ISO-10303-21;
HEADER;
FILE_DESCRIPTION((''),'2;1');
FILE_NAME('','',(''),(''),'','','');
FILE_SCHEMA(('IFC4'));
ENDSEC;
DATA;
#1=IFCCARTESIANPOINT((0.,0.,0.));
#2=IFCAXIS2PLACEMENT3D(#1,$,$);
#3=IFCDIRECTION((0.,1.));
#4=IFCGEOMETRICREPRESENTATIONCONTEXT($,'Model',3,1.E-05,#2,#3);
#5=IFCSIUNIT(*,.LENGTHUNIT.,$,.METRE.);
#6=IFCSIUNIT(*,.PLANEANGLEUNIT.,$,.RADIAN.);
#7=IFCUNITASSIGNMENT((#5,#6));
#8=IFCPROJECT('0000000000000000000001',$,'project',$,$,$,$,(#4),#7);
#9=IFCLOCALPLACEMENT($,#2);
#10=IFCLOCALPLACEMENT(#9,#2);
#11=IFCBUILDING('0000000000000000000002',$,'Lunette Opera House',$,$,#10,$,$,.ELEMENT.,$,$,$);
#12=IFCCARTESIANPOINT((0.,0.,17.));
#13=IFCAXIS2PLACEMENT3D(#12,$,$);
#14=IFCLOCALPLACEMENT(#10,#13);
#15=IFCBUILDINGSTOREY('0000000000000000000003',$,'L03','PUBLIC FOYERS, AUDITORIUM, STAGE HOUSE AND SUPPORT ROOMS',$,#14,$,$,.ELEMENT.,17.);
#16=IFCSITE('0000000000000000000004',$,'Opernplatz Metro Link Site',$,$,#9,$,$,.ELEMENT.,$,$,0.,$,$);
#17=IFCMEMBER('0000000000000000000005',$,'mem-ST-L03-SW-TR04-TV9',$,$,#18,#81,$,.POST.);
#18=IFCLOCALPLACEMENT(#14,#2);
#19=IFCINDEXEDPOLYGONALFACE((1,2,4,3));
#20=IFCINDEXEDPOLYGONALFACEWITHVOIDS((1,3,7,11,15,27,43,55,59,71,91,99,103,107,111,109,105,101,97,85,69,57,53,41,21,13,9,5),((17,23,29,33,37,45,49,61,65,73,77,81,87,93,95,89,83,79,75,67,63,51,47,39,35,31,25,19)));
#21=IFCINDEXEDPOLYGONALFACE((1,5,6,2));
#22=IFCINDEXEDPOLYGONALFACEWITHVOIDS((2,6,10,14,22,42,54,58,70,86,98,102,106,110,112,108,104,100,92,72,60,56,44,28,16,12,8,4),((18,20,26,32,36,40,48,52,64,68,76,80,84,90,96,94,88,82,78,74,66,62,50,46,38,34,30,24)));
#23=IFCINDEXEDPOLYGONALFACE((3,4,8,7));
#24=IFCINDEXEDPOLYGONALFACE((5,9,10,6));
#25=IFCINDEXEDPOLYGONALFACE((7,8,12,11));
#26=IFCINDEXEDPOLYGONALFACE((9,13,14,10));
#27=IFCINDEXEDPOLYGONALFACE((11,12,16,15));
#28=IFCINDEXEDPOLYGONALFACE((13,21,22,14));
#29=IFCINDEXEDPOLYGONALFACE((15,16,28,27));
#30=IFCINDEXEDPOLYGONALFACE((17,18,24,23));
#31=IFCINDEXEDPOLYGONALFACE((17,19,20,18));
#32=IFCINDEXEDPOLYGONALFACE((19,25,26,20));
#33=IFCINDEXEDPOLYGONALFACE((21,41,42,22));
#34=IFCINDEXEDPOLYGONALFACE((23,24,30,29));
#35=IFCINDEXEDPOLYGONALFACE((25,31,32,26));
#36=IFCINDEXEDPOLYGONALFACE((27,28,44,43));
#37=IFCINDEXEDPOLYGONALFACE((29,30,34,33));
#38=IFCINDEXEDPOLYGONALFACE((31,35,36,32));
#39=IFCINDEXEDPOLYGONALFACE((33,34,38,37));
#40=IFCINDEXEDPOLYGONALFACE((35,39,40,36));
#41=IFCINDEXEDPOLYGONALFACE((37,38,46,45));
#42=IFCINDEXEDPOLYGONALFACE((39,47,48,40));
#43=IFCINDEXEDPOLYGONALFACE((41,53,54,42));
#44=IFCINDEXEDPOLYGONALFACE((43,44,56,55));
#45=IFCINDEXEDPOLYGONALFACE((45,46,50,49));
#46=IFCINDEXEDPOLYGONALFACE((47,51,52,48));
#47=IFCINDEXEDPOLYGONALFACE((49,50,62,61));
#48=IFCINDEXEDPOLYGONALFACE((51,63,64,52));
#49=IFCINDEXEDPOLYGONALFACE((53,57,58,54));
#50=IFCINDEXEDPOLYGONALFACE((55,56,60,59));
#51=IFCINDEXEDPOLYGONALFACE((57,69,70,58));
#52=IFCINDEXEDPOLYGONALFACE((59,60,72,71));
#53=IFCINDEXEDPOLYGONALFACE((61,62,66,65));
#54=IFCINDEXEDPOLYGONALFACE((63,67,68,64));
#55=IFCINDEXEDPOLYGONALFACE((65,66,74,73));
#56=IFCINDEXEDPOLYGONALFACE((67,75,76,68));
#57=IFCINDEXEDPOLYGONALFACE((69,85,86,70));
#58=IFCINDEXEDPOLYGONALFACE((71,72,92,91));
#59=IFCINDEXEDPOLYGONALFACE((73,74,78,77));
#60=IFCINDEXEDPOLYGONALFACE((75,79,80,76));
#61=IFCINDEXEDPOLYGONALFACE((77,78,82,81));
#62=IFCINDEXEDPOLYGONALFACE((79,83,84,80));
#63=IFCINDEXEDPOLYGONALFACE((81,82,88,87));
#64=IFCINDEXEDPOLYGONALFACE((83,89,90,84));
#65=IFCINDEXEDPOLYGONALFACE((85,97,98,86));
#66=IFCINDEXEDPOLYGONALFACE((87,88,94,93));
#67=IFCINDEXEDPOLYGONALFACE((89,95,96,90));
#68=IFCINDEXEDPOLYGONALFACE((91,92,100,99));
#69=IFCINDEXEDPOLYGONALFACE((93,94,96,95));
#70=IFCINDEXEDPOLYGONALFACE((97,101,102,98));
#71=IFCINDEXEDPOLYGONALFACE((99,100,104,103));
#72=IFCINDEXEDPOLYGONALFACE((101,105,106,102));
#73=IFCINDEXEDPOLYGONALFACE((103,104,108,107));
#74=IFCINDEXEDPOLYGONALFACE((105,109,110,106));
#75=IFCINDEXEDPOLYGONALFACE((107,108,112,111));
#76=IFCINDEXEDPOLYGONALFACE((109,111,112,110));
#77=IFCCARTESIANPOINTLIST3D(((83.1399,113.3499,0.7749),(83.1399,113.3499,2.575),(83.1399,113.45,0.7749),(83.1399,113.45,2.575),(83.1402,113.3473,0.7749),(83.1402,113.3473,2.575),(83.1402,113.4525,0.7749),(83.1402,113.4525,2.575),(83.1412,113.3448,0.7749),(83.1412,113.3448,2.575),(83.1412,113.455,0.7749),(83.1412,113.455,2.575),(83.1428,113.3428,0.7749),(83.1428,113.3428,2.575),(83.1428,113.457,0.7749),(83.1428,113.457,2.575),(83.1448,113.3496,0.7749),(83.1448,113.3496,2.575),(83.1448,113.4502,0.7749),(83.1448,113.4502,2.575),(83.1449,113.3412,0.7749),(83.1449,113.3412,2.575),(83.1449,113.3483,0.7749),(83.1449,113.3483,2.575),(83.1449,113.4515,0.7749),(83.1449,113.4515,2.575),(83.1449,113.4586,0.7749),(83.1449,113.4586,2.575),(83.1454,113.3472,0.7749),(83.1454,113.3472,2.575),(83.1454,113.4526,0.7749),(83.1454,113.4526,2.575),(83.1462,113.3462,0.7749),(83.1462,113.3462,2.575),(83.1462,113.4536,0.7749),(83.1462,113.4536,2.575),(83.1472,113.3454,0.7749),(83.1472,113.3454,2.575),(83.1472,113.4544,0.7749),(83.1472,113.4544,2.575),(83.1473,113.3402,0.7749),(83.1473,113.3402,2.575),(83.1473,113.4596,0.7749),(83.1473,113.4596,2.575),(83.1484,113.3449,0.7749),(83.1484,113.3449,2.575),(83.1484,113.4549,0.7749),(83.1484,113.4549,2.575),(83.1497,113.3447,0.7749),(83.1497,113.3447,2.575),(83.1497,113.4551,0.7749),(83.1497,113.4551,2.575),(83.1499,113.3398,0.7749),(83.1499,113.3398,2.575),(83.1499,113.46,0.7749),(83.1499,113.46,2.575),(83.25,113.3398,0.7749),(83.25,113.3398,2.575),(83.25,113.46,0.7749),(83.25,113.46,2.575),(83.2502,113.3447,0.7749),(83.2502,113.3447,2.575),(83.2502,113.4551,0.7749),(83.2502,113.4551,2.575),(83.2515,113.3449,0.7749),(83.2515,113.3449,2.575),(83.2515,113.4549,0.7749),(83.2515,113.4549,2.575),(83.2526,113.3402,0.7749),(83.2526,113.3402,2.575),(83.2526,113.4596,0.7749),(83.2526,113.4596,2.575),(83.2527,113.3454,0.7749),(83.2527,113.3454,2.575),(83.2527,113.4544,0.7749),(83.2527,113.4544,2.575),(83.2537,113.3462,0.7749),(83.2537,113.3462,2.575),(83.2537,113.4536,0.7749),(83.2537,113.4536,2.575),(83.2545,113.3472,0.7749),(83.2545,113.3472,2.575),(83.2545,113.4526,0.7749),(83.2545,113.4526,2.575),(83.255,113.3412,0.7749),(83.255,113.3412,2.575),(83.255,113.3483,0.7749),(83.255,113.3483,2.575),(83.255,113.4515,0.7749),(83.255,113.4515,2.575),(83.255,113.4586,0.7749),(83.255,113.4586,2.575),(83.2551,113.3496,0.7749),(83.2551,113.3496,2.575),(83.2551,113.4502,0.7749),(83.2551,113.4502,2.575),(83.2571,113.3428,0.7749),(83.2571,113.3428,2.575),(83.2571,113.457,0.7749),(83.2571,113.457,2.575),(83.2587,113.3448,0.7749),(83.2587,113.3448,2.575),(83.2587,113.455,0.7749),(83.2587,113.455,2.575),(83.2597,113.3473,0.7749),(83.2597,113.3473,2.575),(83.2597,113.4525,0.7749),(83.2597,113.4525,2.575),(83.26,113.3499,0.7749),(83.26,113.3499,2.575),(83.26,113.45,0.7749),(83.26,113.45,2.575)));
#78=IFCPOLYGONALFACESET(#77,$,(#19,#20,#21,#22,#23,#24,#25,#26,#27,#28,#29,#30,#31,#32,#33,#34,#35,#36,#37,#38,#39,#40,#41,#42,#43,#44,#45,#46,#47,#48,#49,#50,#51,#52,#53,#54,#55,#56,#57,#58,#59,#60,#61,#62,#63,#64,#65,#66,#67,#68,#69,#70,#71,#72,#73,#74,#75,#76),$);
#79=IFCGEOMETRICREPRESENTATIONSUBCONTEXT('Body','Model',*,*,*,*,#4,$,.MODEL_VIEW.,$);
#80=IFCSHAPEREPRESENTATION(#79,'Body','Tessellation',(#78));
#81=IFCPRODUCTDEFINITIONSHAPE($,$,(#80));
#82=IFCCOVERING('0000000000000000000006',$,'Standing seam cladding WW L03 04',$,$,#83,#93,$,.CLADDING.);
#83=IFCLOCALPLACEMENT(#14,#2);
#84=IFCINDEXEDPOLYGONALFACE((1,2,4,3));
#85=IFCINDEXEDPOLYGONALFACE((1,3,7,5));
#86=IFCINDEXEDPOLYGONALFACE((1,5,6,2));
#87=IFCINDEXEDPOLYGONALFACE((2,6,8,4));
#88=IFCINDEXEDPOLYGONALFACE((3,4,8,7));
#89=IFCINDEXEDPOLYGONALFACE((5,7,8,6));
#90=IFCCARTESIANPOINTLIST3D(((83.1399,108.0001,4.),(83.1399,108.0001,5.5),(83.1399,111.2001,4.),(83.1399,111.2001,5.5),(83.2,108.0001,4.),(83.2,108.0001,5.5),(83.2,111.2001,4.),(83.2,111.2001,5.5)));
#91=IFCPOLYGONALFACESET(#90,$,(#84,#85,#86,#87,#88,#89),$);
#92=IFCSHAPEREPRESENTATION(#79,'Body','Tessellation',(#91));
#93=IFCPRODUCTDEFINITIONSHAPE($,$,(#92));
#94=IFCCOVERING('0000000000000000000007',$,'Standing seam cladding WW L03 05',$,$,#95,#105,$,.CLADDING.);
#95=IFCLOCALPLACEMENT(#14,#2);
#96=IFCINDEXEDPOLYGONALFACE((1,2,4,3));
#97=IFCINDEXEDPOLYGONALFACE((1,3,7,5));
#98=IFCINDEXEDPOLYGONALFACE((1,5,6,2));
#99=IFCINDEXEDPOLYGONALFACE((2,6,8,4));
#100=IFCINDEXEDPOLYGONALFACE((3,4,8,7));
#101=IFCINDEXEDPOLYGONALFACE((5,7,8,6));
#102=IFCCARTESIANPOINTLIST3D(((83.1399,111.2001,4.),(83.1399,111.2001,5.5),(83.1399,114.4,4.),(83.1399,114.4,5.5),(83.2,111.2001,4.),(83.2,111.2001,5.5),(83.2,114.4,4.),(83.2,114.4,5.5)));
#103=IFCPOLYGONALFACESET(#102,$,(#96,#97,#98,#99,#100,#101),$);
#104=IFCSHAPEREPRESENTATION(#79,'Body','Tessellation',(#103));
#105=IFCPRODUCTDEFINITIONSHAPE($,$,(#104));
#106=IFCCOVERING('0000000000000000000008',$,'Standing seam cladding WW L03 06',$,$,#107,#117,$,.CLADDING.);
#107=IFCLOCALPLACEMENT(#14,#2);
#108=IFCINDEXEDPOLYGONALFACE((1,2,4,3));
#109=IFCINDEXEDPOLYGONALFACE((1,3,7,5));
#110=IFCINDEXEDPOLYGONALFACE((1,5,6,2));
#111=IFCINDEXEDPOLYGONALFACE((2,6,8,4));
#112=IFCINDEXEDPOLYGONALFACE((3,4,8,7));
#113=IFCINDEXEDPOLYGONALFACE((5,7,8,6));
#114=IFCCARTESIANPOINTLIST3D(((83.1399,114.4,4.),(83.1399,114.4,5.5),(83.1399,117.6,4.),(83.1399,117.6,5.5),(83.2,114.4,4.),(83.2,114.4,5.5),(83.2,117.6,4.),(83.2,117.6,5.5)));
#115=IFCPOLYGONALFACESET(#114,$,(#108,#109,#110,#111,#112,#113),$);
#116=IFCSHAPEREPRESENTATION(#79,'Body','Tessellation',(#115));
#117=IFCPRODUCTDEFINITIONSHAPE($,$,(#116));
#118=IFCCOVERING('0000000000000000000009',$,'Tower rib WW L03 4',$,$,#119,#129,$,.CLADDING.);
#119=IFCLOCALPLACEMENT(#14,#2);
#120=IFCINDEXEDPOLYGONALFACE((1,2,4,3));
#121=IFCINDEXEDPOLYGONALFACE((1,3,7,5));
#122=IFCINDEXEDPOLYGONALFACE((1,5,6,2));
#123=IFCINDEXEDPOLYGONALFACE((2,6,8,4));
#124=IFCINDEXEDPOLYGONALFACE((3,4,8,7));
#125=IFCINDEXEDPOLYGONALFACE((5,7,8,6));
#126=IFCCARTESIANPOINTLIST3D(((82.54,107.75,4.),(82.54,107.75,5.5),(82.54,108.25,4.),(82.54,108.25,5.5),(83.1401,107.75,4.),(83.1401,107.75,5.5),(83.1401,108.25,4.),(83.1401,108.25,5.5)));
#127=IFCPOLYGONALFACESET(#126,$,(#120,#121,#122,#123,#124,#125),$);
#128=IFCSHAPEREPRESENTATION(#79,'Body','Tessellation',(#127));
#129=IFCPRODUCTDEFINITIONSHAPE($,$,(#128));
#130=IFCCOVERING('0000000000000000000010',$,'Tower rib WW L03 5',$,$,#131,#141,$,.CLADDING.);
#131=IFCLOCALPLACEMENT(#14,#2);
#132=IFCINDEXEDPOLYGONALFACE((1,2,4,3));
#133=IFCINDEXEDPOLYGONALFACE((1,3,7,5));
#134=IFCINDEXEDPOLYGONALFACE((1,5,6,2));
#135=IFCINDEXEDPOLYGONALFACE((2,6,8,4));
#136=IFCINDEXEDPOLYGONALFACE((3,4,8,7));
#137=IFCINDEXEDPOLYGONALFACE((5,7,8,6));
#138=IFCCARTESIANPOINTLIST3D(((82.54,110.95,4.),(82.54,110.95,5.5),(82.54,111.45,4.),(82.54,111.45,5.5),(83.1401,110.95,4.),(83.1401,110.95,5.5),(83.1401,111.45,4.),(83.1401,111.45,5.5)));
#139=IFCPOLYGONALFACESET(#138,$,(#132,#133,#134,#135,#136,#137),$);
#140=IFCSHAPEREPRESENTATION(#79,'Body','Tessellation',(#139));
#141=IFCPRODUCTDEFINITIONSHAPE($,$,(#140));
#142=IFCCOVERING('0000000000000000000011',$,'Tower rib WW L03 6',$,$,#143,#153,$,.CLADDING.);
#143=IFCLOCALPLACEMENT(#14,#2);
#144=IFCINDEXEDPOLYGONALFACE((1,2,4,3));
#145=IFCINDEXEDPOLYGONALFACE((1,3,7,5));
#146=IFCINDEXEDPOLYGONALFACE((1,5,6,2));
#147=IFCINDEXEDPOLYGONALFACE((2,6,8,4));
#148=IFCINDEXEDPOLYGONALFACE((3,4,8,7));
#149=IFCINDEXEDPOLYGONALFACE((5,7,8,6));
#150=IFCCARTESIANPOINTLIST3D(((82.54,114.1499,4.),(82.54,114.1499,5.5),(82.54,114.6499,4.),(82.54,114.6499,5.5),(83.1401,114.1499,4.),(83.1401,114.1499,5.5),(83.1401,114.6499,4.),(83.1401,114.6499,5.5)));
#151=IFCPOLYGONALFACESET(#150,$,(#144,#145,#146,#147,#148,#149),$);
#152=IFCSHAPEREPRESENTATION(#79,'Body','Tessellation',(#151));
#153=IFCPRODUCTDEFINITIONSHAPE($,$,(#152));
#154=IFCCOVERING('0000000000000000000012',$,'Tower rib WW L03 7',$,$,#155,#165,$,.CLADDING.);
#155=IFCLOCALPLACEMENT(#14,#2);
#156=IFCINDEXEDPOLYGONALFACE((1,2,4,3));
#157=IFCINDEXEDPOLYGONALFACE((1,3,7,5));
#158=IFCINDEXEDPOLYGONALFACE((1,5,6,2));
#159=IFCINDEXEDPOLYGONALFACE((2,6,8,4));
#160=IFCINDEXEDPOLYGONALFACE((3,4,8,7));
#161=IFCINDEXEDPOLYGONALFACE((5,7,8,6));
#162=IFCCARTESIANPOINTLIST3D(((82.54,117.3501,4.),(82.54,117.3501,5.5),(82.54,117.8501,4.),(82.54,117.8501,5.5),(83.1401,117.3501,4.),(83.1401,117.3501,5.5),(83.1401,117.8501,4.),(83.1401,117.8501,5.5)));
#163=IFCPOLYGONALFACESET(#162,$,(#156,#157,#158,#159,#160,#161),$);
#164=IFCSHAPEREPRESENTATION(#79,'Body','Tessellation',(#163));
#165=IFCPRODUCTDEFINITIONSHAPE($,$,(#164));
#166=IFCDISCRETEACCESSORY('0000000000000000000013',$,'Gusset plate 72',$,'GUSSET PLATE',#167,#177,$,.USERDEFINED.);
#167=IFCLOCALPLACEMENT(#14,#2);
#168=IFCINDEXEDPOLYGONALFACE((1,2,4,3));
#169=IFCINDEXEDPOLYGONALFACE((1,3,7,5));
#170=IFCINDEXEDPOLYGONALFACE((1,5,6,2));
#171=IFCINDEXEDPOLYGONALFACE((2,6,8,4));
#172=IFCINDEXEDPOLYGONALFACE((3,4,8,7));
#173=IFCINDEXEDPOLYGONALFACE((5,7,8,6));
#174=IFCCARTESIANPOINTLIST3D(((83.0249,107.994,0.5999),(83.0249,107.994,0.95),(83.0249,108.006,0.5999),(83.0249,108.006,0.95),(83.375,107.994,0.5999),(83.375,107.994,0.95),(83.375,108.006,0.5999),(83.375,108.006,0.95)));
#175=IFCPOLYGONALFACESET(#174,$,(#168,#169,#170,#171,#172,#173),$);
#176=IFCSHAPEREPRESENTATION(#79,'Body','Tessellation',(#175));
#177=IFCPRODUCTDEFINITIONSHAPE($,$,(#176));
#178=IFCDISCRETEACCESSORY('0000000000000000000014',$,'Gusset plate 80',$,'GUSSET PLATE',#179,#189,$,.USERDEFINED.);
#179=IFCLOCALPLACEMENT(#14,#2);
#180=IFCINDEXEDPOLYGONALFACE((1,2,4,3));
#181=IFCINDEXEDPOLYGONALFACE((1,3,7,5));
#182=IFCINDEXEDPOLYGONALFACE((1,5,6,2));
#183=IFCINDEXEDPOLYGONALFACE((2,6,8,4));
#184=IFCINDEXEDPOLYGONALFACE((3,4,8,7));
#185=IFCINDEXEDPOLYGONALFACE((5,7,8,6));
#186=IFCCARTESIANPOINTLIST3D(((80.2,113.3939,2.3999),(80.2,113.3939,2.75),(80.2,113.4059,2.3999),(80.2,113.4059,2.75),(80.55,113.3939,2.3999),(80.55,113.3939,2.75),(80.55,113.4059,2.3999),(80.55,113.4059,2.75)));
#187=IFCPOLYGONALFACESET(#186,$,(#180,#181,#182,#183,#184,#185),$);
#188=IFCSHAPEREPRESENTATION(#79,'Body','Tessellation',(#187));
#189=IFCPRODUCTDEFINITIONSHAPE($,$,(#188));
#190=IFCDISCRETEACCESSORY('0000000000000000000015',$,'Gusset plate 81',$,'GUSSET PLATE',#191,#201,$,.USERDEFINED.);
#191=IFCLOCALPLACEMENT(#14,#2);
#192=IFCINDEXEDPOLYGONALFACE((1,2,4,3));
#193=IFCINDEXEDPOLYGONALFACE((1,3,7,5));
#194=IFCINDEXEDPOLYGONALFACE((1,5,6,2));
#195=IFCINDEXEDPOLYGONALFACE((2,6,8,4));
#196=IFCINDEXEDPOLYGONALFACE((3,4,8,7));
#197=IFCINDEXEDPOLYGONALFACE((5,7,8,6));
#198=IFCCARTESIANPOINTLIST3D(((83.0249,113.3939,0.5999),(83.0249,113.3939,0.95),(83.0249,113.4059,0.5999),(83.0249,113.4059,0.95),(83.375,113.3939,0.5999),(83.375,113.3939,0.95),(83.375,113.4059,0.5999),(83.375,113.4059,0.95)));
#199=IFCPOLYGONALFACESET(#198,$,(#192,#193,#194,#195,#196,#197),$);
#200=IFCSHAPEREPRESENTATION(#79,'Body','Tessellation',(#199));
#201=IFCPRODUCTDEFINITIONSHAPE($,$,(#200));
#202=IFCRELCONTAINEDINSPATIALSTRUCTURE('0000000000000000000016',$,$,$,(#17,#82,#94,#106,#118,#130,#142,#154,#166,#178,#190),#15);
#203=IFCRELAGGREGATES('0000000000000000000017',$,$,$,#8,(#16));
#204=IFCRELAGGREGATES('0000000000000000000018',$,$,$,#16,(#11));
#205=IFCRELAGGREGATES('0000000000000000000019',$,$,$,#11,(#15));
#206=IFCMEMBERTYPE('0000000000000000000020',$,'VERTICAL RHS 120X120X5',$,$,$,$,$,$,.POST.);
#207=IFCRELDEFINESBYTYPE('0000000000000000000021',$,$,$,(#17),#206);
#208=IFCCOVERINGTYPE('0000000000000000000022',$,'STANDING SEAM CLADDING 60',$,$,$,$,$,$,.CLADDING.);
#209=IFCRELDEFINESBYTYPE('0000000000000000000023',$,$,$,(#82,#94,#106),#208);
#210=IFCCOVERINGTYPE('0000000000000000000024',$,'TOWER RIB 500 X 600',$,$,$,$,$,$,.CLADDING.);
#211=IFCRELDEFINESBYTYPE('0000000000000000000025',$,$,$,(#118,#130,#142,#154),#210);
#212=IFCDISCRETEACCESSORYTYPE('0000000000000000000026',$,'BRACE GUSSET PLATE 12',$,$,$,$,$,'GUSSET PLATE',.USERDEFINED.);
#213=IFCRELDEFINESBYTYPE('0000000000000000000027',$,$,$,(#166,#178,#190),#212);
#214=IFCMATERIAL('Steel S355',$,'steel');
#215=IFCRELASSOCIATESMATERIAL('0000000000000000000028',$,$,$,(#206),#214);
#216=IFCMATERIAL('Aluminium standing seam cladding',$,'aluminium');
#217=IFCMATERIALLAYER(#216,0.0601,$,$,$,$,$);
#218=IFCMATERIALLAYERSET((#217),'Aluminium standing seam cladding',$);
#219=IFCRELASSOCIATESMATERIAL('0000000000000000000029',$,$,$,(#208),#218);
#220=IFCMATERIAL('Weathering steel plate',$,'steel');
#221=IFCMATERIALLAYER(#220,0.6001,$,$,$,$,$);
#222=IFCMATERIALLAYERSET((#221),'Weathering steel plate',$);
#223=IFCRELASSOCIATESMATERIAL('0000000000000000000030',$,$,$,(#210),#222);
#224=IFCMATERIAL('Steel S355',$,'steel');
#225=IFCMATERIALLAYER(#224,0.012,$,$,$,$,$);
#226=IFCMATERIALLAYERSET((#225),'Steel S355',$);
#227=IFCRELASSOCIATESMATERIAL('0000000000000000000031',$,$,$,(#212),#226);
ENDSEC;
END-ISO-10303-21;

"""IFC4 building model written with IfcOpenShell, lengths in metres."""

from ifc_helpers import new_model, si_unit, direction, frame, origin, origin_2d, place, context, subcontext, project, spatial, rectangle, hollow_rectangle, extrude, material, layer, layer_set, material_profile, profile_set, type_object, element, save


model = new_model("IFC4")

# Units and contexts
model_context = context("Model", 3, precision=1e-05, world=origin(), true_north=direction((0.0, 1.0)))
body_context = subcontext(model_context, "Body", "Model", "MODEL_VIEW")
ifc_project = project(units=[si_unit("LENGTHUNIT", "METRE"), si_unit("PLANEANGLEUNIT", "RADIAN")], contexts=[model_context])

# Site, building, storey
site_placement = place(None, origin())
site = spatial("IfcSite", under=ifc_project, at=site_placement, Name="Opernplatz Metro Link Site", CompositionType="ELEMENT", RefElevation=0.0)
building_placement = place(site_placement, origin())
building = spatial("IfcBuilding", under=site, at=building_placement, Name="Lunette Opera House", CompositionType="ELEMENT")
storey_placement = place(building_placement, frame((0.0, 0.0, 17.0)))
storey = spatial("IfcBuildingStorey", under=building, at=storey_placement, Name="L03", Description="PUBLIC FOYERS, AUDITORIUM, STAGE HOUSE AND SUPPORT ROOMS", CompositionType="ELEMENT", Elevation=17.0)

# Member
ifc_material_1 = material(Name="Steel S355", Category="steel")
ifc_material_profile_1 = material_profile(ifc_material_1, hollow_rectangle(XDim=0.1201, YDim=0.1201, WallThickness=0.0049, InnerFilletRadius=0.0049, OuterFilletRadius=0.01, at=origin_2d()), Name="RHS 120X120X5")
ifc_profile_set_1 = profile_set([ifc_material_profile_1], Name="Steel S355")
member_type_1 = type_object("IfcMemberType", Name="VERTICAL RHS 120X120X5", PredefinedType="POST", material=ifc_profile_set_1)
for number, where, z_axis, x_axis, name in (
    (1, (83.2, 113.3999, 0.7749), (0.0, 0.0, 1.0), (1.0, 0.0, 0.0), "mem-ST-L03-SW-TR04-TV9"),
):
    element("IfcMember", number, at=place(storey_placement, frame(where, z_axis=z_axis, x_axis=x_axis)), inside=storey, type_object=member_type_1, Name=name, PredefinedType="POST", context=body_context, shape_type="SweptSolid", body=[
        extrude(hollow_rectangle(XDim=0.1201, YDim=0.1201, WallThickness=0.0049, InnerFilletRadius=0.0049, OuterFilletRadius=0.01, at=origin_2d()), origin(), (0.0, 0.0, 1.0), 1.8),
    ])

# Coverings
ifc_material_2 = material(Name="Aluminium standing seam cladding", Category="aluminium")
ifc_layer_1 = layer(ifc_material_2, 0.0601)
ifc_layer_set_1 = layer_set([ifc_layer_1], Name="Aluminium standing seam cladding")
covering_type_1 = type_object("IfcCoveringType", Name="STANDING SEAM CLADDING 60", PredefinedType="CLADDING", material=ifc_layer_set_1)
for number, where, z_axis, x_axis, name in (
    (2, (83.1699, 109.6001, 4.0), (0.0, 0.0, 1.0), (0.0, 1.0, 0.0), "Standing seam cladding WW L03 04"),
    (3, (83.1699, 112.8, 4.0), (0.0, 0.0, 1.0), (0.0, 1.0, 0.0), "Standing seam cladding WW L03 05"),
    (4, (83.1699, 116.0, 4.0), (0.0, 0.0, 1.0), (0.0, 1.0, 0.0), "Standing seam cladding WW L03 06"),
):
    element("IfcCovering", number, at=place(storey_placement, frame(where, z_axis=z_axis, x_axis=x_axis)), inside=storey, type_object=covering_type_1, Name=name, PredefinedType="CLADDING", context=body_context, shape_type="SweptSolid", body=[
        extrude(rectangle(XDim=3.2, YDim=0.0601, at=origin_2d()), origin(), (0.0, 0.0, 1.0), 1.5),
    ])
ifc_material_3 = material(Name="Weathering steel plate", Category="steel")
ifc_layer_2 = layer(ifc_material_3, 0.6001)
ifc_layer_set_2 = layer_set([ifc_layer_2], Name="Weathering steel plate")
covering_type_2 = type_object("IfcCoveringType", Name="TOWER RIB 500 X 600", PredefinedType="CLADDING", material=ifc_layer_set_2)
for number, where, z_axis, x_axis, name in (
    (5, (82.8401, 108.0, 4.0), (0.0, 0.0, 1.0), (0.0, 1.0, 0.0), "Tower rib WW L03 4"),
    (6, (82.8401, 111.2, 4.0), (0.0, 0.0, 1.0), (0.0, 1.0, 0.0), "Tower rib WW L03 5"),
    (7, (82.8401, 114.3999, 4.0), (0.0, 0.0, 1.0), (0.0, 1.0, 0.0), "Tower rib WW L03 6"),
    (8, (82.8401, 117.6001, 4.0), (0.0, 0.0, 1.0), (0.0, 1.0, 0.0), "Tower rib WW L03 7"),
):
    element("IfcCovering", number, at=place(storey_placement, frame(where, z_axis=z_axis, x_axis=x_axis)), inside=storey, type_object=covering_type_2, Name=name, PredefinedType="CLADDING", context=body_context, shape_type="SweptSolid", body=[
        extrude(rectangle(XDim=0.5, YDim=0.6001, at=origin_2d()), origin(), (0.0, 0.0, 1.0), 1.5),
    ])

# Discrete accessories
ifc_material_4 = material(Name="Steel S355", Category="steel")
ifc_layer_3 = layer(ifc_material_4, 0.012)
ifc_layer_set_3 = layer_set([ifc_layer_3], Name="Steel S355")
discrete_accessory_type_1 = type_object("IfcDiscreteAccessoryType", Name="BRACE GUSSET PLATE 12", ElementType="GUSSET PLATE", PredefinedType="USERDEFINED", material=ifc_layer_set_3)
for number, where, z_axis, x_axis, name in (
    (9, (83.2, 108.0, 0.5999), (0.0, 0.0, 1.0), (1.0, 0.0, 0.0), "Gusset plate 72"),
    (10, (80.375, 113.3999, 2.3999), (0.0, 0.0, 1.0), (1.0, 0.0, 0.0), "Gusset plate 80"),
    (11, (83.2, 113.3999, 0.5999), (0.0, 0.0, 1.0), (1.0, 0.0, 0.0), "Gusset plate 81"),
):
    element("IfcDiscreteAccessory", number, at=place(storey_placement, frame(where, z_axis=z_axis, x_axis=x_axis)), inside=storey, type_object=discrete_accessory_type_1, Name=name, ObjectType="GUSSET PLATE", PredefinedType="USERDEFINED", context=body_context, shape_type="SweptSolid", body=[
        extrude(rectangle(XDim=0.3501, YDim=0.012, at=origin_2d()), origin(), (0.0, 0.0, 1.0), 0.3501),
    ])

save(model, "model.ifc")
